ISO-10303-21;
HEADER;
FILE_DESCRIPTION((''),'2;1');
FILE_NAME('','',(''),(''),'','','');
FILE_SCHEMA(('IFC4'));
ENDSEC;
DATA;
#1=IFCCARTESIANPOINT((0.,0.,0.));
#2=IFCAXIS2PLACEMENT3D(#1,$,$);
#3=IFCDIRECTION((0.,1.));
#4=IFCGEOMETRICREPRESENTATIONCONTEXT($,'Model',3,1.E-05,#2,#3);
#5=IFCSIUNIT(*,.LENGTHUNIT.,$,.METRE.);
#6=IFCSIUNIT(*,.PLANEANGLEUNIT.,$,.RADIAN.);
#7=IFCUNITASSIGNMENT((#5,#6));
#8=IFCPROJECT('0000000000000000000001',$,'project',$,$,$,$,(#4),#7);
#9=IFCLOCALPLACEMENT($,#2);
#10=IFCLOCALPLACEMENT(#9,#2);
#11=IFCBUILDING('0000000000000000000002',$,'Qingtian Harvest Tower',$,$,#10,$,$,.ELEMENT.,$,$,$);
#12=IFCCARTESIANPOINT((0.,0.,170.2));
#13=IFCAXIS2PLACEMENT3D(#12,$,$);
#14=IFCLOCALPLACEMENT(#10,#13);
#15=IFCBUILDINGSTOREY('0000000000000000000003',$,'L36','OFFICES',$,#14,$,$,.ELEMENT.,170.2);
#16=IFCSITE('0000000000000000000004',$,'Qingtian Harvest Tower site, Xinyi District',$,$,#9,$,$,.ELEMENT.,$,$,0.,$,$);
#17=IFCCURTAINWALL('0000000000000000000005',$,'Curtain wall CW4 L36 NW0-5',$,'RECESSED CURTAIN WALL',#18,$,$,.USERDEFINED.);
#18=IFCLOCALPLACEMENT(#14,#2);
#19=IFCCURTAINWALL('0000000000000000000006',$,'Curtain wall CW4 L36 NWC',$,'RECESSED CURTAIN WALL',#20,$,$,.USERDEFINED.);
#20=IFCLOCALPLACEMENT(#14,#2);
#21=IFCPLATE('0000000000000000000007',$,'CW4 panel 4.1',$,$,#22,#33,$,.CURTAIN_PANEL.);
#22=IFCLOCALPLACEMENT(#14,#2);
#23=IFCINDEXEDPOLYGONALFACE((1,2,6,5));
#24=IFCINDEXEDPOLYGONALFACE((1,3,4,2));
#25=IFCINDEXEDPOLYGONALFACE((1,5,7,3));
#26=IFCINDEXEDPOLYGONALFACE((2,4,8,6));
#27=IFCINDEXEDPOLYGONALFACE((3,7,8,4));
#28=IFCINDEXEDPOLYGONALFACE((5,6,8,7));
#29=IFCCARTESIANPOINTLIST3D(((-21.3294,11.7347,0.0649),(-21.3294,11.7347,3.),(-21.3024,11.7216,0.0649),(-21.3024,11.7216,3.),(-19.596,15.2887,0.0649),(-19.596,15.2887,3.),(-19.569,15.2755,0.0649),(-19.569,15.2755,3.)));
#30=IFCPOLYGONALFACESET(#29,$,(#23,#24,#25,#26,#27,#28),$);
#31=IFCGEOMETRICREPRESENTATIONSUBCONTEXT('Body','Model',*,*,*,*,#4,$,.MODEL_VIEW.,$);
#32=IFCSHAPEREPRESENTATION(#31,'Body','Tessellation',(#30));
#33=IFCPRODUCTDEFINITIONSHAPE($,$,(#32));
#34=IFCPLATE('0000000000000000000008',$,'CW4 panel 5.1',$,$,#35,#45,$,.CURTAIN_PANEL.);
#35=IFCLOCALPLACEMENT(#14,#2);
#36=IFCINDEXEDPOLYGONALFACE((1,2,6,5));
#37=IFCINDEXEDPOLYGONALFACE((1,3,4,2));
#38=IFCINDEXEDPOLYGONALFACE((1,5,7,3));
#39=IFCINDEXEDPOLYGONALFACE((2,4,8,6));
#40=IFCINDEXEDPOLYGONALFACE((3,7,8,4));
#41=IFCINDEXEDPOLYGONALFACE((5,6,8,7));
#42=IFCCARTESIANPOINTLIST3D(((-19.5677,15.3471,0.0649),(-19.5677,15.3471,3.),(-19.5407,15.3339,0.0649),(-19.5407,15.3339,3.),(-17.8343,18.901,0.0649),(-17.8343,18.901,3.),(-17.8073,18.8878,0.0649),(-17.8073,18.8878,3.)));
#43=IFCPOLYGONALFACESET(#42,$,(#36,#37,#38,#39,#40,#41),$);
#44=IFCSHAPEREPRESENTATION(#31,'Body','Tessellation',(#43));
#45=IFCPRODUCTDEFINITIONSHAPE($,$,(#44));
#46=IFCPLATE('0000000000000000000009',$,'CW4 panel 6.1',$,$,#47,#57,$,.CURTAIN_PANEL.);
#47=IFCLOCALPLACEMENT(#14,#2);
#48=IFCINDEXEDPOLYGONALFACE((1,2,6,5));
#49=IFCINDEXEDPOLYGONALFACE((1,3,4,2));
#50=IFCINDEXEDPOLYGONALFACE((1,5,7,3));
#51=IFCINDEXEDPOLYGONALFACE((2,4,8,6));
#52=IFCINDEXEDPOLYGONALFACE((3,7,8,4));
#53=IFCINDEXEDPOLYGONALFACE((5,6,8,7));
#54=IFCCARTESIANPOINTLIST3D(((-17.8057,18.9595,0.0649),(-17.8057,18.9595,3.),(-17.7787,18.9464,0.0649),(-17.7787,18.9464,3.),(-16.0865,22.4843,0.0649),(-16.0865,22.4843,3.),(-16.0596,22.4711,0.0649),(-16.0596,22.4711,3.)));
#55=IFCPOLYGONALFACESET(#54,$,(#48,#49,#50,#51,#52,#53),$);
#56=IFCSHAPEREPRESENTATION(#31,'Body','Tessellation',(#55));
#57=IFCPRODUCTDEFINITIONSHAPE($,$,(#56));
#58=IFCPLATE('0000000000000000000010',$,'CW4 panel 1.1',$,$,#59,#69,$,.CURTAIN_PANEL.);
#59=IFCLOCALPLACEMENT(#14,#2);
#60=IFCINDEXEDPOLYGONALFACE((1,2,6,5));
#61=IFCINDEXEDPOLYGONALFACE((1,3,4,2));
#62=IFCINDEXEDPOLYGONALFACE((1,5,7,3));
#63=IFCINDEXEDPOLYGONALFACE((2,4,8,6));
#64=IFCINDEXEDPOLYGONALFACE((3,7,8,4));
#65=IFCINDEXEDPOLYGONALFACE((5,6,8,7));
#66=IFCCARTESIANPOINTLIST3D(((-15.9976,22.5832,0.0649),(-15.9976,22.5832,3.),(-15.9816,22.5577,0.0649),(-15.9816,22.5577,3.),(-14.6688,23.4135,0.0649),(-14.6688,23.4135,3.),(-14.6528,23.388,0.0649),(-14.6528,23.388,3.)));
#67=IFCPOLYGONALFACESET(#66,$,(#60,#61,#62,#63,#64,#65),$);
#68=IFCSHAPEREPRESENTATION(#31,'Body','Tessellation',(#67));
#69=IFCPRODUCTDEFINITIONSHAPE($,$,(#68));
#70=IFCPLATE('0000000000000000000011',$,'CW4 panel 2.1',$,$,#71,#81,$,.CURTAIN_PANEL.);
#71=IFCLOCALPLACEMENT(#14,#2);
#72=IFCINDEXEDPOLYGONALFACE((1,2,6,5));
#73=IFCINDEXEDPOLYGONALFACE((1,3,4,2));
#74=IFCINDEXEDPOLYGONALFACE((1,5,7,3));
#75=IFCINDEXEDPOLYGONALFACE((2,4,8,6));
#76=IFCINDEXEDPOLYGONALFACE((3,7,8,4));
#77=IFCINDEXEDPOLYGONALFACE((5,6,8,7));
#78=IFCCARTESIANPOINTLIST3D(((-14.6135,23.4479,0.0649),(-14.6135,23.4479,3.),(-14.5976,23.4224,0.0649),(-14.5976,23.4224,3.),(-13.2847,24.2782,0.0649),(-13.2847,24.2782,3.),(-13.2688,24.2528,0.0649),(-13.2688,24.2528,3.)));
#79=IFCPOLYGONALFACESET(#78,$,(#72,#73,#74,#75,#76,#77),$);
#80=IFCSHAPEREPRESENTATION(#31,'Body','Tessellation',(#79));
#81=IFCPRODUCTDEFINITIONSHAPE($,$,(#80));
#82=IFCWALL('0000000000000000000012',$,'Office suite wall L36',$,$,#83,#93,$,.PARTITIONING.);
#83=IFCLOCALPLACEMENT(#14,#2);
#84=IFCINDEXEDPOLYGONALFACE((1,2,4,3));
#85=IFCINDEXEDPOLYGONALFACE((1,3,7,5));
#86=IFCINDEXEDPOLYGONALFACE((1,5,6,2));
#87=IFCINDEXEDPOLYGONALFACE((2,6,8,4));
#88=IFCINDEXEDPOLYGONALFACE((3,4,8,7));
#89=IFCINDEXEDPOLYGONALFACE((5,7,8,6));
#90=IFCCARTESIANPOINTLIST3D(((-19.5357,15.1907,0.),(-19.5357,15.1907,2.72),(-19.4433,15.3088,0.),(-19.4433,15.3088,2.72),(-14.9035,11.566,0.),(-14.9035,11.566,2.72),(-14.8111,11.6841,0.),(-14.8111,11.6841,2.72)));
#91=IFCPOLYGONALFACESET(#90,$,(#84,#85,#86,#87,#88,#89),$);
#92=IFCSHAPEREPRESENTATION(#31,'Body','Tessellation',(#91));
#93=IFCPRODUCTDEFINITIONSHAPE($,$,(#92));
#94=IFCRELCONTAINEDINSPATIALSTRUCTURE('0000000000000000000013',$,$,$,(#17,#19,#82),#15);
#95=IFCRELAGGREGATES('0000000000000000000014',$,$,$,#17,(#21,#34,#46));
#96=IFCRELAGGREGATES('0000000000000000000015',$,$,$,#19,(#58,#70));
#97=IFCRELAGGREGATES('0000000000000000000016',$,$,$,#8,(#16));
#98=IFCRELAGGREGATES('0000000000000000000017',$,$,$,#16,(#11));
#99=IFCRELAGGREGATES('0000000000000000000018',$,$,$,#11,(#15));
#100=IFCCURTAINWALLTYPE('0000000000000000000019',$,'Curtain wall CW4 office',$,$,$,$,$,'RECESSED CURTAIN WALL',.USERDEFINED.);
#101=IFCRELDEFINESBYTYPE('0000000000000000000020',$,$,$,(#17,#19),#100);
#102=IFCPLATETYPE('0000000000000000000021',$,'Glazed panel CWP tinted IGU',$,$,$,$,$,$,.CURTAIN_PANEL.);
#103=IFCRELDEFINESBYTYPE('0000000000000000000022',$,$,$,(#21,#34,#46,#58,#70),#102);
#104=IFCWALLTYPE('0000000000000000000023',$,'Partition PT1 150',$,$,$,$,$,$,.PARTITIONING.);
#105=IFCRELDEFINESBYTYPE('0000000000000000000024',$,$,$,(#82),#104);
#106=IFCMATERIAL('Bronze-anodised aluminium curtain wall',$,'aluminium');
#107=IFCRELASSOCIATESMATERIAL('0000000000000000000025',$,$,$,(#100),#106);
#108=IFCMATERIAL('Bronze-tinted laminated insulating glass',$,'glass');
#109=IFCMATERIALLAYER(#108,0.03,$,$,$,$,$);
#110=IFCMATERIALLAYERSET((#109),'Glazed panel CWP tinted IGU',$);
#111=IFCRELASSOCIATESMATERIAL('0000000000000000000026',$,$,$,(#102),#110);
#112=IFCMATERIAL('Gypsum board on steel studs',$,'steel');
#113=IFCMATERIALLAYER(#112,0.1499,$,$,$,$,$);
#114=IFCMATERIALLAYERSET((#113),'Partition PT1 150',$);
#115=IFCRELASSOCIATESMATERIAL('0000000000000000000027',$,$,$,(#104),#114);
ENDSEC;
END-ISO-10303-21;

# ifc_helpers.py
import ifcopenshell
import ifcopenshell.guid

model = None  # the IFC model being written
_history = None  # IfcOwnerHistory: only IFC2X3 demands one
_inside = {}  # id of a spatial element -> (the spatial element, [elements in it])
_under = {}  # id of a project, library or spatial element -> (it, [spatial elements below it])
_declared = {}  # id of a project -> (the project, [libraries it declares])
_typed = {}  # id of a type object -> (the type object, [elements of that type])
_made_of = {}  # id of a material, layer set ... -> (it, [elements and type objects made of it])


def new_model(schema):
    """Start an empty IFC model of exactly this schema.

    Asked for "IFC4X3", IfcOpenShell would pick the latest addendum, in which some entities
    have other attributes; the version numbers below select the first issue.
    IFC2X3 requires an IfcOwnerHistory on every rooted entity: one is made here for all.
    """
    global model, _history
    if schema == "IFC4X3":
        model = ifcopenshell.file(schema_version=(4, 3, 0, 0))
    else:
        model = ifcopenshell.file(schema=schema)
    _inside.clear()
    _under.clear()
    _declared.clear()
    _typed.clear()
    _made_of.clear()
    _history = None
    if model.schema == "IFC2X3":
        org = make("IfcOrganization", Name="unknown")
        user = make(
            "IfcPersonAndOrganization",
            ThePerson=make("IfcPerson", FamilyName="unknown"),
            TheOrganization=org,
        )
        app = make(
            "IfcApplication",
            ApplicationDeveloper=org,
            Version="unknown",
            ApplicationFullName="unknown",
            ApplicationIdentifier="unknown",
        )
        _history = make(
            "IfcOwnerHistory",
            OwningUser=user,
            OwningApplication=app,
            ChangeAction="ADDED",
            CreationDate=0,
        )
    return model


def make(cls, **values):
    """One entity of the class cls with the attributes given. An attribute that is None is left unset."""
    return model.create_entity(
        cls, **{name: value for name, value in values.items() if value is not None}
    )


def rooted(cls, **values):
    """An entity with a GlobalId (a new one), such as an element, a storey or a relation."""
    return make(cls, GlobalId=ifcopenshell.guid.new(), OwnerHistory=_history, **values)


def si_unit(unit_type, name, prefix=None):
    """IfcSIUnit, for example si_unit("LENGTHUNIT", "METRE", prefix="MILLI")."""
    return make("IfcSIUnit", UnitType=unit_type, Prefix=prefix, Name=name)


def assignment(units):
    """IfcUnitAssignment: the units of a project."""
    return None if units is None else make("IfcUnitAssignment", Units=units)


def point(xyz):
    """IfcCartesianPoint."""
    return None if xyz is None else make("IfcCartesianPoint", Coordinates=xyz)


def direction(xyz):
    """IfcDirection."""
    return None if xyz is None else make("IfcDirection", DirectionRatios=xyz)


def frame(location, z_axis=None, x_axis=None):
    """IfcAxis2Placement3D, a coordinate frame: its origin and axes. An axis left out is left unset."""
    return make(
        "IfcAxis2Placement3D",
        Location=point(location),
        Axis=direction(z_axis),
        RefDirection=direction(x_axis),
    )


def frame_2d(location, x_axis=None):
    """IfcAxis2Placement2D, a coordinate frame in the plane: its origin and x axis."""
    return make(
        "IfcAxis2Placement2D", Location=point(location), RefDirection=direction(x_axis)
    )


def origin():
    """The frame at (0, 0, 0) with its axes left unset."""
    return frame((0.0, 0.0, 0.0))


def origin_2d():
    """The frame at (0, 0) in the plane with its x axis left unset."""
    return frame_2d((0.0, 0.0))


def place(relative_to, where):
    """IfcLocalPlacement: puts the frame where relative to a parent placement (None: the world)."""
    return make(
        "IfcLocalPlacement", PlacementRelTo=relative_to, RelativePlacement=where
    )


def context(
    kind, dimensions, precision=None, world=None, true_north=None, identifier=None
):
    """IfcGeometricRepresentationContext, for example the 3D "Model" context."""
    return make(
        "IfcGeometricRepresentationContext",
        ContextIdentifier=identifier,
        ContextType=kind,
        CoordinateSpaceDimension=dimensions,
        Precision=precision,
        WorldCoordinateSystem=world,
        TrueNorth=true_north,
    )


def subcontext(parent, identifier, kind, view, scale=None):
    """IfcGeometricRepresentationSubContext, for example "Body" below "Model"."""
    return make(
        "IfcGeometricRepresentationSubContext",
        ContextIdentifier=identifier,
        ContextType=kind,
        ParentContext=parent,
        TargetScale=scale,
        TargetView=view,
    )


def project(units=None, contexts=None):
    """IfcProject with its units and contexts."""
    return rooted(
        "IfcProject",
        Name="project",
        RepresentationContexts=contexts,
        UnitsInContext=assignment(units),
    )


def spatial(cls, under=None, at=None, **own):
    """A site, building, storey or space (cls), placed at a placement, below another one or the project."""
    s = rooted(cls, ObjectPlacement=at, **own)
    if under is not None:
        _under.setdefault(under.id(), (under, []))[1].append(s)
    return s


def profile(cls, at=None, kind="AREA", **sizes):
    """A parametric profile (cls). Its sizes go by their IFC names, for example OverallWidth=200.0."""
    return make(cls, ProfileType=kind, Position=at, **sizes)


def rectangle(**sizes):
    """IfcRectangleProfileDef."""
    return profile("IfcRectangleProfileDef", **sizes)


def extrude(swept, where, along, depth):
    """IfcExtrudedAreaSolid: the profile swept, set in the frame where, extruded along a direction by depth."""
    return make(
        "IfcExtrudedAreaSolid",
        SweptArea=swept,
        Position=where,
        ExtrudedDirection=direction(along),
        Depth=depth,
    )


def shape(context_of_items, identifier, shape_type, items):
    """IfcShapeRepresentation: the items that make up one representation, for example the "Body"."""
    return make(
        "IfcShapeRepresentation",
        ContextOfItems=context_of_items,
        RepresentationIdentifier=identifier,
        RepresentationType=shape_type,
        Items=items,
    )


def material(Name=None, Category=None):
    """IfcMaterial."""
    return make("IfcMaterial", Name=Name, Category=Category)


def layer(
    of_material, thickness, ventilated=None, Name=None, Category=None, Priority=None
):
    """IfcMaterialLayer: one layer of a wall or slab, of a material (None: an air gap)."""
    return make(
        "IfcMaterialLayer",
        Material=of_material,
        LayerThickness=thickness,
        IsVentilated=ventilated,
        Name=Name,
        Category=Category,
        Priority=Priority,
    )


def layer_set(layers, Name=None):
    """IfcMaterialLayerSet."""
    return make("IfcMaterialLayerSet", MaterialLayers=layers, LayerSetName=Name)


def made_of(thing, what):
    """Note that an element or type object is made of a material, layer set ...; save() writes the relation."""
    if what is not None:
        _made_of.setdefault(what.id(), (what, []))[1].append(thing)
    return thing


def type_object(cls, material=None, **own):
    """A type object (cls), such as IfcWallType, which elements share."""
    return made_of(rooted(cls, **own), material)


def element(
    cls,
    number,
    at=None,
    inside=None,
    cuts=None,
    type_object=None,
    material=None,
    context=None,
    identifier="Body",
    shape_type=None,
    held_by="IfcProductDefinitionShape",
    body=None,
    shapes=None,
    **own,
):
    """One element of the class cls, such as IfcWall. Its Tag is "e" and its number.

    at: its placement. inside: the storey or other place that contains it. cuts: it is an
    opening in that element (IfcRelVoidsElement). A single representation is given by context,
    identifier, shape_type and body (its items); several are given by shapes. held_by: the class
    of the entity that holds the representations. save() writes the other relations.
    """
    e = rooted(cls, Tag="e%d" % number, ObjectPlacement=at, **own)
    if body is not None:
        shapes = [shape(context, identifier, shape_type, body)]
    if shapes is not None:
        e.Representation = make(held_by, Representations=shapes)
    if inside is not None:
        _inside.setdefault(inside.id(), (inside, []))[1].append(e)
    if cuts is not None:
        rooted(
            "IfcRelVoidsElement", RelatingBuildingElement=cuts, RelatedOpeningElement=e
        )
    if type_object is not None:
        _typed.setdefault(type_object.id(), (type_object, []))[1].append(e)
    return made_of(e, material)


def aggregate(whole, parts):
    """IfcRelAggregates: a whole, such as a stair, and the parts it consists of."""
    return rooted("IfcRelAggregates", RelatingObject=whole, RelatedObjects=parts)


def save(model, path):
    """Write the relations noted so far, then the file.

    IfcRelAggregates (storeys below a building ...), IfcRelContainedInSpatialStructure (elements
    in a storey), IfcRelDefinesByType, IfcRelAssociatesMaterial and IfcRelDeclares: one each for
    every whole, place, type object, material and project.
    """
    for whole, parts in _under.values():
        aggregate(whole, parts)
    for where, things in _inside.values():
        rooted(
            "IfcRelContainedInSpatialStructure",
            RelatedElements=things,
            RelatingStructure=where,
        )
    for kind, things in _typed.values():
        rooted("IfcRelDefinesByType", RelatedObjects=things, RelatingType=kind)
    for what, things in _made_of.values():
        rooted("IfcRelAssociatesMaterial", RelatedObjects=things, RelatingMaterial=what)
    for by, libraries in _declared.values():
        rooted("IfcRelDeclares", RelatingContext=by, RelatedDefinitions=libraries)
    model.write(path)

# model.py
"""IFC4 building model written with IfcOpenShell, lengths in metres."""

from ifc_helpers import new_model, si_unit, direction, frame, frame_2d, origin, origin_2d, place, context, subcontext, project, spatial, rectangle, extrude, material, layer, layer_set, type_object, element, aggregate, save


model = new_model("IFC4")

# Units and contexts
model_context = context("Model", 3, precision=1e-05, world=origin(), true_north=direction((0.0, 1.0)))
body_context = subcontext(model_context, "Body", "Model", "MODEL_VIEW")
ifc_project = project(units=[si_unit("LENGTHUNIT", "METRE"), si_unit("PLANEANGLEUNIT", "RADIAN")], contexts=[model_context])

# Site, building, storey
site_placement = place(None, origin())
site = spatial("IfcSite", under=ifc_project, at=site_placement, Name="Qingtian Harvest Tower site, Xinyi District", CompositionType="ELEMENT", RefElevation=0.0)
building_placement = place(site_placement, origin())
building = spatial("IfcBuilding", under=site, at=building_placement, Name="Qingtian Harvest Tower", CompositionType="ELEMENT")
storey_placement = place(building_placement, frame((0.0, 0.0, 170.2)))
storey = spatial("IfcBuildingStorey", under=building, at=storey_placement, Name="L36", Description="OFFICES", CompositionType="ELEMENT", Elevation=170.2)

# Curtain walls
ifc_material_1 = material(Name="Bronze-anodised aluminium curtain wall", Category="aluminium")
curtain_wall_type = type_object("IfcCurtainWallType", Name="Curtain wall CW4 office", ElementType="RECESSED CURTAIN WALL", PredefinedType="USERDEFINED", material=ifc_material_1)
curtain_wall_1_placement = place(storey_placement, origin())
curtain_wall_1 = element("IfcCurtainWall", 1, at=curtain_wall_1_placement, inside=storey, type_object=curtain_wall_type, Name="Curtain wall CW4 L36 NW0-5", ObjectType="RECESSED CURTAIN WALL", PredefinedType="USERDEFINED")
curtain_wall_2_placement = place(storey_placement, origin())
curtain_wall_2 = element("IfcCurtainWall", 2, at=curtain_wall_2_placement, inside=storey, type_object=curtain_wall_type, Name="Curtain wall CW4 L36 NWC", ObjectType="RECESSED CURTAIN WALL", PredefinedType="USERDEFINED")

# Plates
ifc_material_2 = material(Name="Bronze-tinted laminated insulating glass", Category="glass")
ifc_layer_1 = layer(ifc_material_2, 0.03)
ifc_layer_set_1 = layer_set([ifc_layer_1], Name="Glazed panel CWP tinted IGU")
plate_type = type_object("IfcPlateType", Name="Glazed panel CWP tinted IGU", PredefinedType="CURTAIN_PANEL", material=ifc_layer_set_1)
plate_1_placement = place(storey_placement, frame((-20.4492, 13.5051, 0.0649), z_axis=(0.0, 0.0, 1.0), x_axis=(0.438371, 0.898794, 0.0)))
plate_1 = element("IfcPlate", 3, at=plate_1_placement, type_object=plate_type, Name="CW4 panel 4.1", PredefinedType="CURTAIN_PANEL", context=body_context, shape_type="SweptSolid", body=[
    extrude(rectangle(XDim=3.9541, YDim=0.03, at=origin_2d()), origin(), (0.0, 0.0, 1.0), 2.9351),
])
plate_2_placement = place(storey_placement, frame((-18.6875, 17.1174, 0.0649), z_axis=(0.0, 0.0, 1.0), x_axis=(0.438371, 0.898794, 0.0)))
plate_2 = element("IfcPlate", 4, at=plate_2_placement, type_object=plate_type, Name="CW4 panel 5.1", PredefinedType="CURTAIN_PANEL", context=body_context, shape_type="SweptSolid", body=[
    extrude(rectangle(XDim=3.9541, YDim=0.03, at=origin_2d()), origin(), (0.0, 0.0, 1.0), 2.9351),
])
plate_3_placement = place(storey_placement, frame((-16.9326, 20.7153, 0.0649), z_axis=(0.0, 0.0, 1.0), x_axis=(0.438371, 0.898794, 0.0)))
plate_3 = element("IfcPlate", 5, at=plate_3_placement, type_object=plate_type, Name="CW4 panel 6.1", PredefinedType="CURTAIN_PANEL", context=body_context, shape_type="SweptSolid", body=[
    extrude(rectangle(XDim=3.9216, YDim=0.03, at=origin_2d()), origin(), (0.0, 0.0, 1.0), 2.9351),
])
aggregate(curtain_wall_1, [plate_1, plate_2, plate_3])
plate_4_placement = place(storey_placement, frame((-15.3252, 22.9856, 0.0649), z_axis=(0.0, 0.0, 1.0), x_axis=(0.848048, 0.529919, 0.0)))
plate_4 = element("IfcPlate", 6, at=plate_4_placement, type_object=plate_type, Name="CW4 panel 1.1", PredefinedType="CURTAIN_PANEL", context=body_context, shape_type="SweptSolid", body=[
    extrude(rectangle(XDim=1.5669, YDim=0.03, at=origin_2d()), origin(), (0.0, 0.0, 1.0), 2.9351),
])
plate_5_placement = place(storey_placement, frame((-13.9412, 23.8503, 0.0649), z_axis=(0.0, 0.0, 1.0), x_axis=(0.848048, 0.529919, 0.0)))
plate_5 = element("IfcPlate", 7, at=plate_5_placement, type_object=plate_type, Name="CW4 panel 2.1", PredefinedType="CURTAIN_PANEL", context=body_context, shape_type="SweptSolid", body=[
    extrude(rectangle(XDim=1.5669, YDim=0.03, at=origin_2d()), origin(), (0.0, 0.0, 1.0), 2.9351),
])
aggregate(curtain_wall_2, [plate_4, plate_5])

# Wall
ifc_material_3 = material(Name="Gypsum board on steel studs", Category="steel")
ifc_layer_2 = layer(ifc_material_3, 0.1499)
ifc_layer_set_2 = layer_set([ifc_layer_2], Name="Partition PT1 150")
wall_type = type_object("IfcWallType", Name="Partition PT1 150", PredefinedType="PARTITIONING", material=ifc_layer_set_2)
wall_placement = place(storey_placement, frame((-19.4895, 15.2498, 0.0), z_axis=(0.0, 0.0, 1.0), x_axis=(0.78755, -0.616251, 0.0)))
element("IfcWall", 8, at=wall_placement, inside=storey, type_object=wall_type, Name="Office suite wall L36", PredefinedType="PARTITIONING", context=body_context, shape_type="SweptSolid", body=[
    extrude(rectangle(XDim=5.8818, YDim=0.1499, at=frame_2d((2.9409, 0.0))), origin(), (0.0, 0.0, 1.0), 2.72),
])

save(model, "model.ifc")
